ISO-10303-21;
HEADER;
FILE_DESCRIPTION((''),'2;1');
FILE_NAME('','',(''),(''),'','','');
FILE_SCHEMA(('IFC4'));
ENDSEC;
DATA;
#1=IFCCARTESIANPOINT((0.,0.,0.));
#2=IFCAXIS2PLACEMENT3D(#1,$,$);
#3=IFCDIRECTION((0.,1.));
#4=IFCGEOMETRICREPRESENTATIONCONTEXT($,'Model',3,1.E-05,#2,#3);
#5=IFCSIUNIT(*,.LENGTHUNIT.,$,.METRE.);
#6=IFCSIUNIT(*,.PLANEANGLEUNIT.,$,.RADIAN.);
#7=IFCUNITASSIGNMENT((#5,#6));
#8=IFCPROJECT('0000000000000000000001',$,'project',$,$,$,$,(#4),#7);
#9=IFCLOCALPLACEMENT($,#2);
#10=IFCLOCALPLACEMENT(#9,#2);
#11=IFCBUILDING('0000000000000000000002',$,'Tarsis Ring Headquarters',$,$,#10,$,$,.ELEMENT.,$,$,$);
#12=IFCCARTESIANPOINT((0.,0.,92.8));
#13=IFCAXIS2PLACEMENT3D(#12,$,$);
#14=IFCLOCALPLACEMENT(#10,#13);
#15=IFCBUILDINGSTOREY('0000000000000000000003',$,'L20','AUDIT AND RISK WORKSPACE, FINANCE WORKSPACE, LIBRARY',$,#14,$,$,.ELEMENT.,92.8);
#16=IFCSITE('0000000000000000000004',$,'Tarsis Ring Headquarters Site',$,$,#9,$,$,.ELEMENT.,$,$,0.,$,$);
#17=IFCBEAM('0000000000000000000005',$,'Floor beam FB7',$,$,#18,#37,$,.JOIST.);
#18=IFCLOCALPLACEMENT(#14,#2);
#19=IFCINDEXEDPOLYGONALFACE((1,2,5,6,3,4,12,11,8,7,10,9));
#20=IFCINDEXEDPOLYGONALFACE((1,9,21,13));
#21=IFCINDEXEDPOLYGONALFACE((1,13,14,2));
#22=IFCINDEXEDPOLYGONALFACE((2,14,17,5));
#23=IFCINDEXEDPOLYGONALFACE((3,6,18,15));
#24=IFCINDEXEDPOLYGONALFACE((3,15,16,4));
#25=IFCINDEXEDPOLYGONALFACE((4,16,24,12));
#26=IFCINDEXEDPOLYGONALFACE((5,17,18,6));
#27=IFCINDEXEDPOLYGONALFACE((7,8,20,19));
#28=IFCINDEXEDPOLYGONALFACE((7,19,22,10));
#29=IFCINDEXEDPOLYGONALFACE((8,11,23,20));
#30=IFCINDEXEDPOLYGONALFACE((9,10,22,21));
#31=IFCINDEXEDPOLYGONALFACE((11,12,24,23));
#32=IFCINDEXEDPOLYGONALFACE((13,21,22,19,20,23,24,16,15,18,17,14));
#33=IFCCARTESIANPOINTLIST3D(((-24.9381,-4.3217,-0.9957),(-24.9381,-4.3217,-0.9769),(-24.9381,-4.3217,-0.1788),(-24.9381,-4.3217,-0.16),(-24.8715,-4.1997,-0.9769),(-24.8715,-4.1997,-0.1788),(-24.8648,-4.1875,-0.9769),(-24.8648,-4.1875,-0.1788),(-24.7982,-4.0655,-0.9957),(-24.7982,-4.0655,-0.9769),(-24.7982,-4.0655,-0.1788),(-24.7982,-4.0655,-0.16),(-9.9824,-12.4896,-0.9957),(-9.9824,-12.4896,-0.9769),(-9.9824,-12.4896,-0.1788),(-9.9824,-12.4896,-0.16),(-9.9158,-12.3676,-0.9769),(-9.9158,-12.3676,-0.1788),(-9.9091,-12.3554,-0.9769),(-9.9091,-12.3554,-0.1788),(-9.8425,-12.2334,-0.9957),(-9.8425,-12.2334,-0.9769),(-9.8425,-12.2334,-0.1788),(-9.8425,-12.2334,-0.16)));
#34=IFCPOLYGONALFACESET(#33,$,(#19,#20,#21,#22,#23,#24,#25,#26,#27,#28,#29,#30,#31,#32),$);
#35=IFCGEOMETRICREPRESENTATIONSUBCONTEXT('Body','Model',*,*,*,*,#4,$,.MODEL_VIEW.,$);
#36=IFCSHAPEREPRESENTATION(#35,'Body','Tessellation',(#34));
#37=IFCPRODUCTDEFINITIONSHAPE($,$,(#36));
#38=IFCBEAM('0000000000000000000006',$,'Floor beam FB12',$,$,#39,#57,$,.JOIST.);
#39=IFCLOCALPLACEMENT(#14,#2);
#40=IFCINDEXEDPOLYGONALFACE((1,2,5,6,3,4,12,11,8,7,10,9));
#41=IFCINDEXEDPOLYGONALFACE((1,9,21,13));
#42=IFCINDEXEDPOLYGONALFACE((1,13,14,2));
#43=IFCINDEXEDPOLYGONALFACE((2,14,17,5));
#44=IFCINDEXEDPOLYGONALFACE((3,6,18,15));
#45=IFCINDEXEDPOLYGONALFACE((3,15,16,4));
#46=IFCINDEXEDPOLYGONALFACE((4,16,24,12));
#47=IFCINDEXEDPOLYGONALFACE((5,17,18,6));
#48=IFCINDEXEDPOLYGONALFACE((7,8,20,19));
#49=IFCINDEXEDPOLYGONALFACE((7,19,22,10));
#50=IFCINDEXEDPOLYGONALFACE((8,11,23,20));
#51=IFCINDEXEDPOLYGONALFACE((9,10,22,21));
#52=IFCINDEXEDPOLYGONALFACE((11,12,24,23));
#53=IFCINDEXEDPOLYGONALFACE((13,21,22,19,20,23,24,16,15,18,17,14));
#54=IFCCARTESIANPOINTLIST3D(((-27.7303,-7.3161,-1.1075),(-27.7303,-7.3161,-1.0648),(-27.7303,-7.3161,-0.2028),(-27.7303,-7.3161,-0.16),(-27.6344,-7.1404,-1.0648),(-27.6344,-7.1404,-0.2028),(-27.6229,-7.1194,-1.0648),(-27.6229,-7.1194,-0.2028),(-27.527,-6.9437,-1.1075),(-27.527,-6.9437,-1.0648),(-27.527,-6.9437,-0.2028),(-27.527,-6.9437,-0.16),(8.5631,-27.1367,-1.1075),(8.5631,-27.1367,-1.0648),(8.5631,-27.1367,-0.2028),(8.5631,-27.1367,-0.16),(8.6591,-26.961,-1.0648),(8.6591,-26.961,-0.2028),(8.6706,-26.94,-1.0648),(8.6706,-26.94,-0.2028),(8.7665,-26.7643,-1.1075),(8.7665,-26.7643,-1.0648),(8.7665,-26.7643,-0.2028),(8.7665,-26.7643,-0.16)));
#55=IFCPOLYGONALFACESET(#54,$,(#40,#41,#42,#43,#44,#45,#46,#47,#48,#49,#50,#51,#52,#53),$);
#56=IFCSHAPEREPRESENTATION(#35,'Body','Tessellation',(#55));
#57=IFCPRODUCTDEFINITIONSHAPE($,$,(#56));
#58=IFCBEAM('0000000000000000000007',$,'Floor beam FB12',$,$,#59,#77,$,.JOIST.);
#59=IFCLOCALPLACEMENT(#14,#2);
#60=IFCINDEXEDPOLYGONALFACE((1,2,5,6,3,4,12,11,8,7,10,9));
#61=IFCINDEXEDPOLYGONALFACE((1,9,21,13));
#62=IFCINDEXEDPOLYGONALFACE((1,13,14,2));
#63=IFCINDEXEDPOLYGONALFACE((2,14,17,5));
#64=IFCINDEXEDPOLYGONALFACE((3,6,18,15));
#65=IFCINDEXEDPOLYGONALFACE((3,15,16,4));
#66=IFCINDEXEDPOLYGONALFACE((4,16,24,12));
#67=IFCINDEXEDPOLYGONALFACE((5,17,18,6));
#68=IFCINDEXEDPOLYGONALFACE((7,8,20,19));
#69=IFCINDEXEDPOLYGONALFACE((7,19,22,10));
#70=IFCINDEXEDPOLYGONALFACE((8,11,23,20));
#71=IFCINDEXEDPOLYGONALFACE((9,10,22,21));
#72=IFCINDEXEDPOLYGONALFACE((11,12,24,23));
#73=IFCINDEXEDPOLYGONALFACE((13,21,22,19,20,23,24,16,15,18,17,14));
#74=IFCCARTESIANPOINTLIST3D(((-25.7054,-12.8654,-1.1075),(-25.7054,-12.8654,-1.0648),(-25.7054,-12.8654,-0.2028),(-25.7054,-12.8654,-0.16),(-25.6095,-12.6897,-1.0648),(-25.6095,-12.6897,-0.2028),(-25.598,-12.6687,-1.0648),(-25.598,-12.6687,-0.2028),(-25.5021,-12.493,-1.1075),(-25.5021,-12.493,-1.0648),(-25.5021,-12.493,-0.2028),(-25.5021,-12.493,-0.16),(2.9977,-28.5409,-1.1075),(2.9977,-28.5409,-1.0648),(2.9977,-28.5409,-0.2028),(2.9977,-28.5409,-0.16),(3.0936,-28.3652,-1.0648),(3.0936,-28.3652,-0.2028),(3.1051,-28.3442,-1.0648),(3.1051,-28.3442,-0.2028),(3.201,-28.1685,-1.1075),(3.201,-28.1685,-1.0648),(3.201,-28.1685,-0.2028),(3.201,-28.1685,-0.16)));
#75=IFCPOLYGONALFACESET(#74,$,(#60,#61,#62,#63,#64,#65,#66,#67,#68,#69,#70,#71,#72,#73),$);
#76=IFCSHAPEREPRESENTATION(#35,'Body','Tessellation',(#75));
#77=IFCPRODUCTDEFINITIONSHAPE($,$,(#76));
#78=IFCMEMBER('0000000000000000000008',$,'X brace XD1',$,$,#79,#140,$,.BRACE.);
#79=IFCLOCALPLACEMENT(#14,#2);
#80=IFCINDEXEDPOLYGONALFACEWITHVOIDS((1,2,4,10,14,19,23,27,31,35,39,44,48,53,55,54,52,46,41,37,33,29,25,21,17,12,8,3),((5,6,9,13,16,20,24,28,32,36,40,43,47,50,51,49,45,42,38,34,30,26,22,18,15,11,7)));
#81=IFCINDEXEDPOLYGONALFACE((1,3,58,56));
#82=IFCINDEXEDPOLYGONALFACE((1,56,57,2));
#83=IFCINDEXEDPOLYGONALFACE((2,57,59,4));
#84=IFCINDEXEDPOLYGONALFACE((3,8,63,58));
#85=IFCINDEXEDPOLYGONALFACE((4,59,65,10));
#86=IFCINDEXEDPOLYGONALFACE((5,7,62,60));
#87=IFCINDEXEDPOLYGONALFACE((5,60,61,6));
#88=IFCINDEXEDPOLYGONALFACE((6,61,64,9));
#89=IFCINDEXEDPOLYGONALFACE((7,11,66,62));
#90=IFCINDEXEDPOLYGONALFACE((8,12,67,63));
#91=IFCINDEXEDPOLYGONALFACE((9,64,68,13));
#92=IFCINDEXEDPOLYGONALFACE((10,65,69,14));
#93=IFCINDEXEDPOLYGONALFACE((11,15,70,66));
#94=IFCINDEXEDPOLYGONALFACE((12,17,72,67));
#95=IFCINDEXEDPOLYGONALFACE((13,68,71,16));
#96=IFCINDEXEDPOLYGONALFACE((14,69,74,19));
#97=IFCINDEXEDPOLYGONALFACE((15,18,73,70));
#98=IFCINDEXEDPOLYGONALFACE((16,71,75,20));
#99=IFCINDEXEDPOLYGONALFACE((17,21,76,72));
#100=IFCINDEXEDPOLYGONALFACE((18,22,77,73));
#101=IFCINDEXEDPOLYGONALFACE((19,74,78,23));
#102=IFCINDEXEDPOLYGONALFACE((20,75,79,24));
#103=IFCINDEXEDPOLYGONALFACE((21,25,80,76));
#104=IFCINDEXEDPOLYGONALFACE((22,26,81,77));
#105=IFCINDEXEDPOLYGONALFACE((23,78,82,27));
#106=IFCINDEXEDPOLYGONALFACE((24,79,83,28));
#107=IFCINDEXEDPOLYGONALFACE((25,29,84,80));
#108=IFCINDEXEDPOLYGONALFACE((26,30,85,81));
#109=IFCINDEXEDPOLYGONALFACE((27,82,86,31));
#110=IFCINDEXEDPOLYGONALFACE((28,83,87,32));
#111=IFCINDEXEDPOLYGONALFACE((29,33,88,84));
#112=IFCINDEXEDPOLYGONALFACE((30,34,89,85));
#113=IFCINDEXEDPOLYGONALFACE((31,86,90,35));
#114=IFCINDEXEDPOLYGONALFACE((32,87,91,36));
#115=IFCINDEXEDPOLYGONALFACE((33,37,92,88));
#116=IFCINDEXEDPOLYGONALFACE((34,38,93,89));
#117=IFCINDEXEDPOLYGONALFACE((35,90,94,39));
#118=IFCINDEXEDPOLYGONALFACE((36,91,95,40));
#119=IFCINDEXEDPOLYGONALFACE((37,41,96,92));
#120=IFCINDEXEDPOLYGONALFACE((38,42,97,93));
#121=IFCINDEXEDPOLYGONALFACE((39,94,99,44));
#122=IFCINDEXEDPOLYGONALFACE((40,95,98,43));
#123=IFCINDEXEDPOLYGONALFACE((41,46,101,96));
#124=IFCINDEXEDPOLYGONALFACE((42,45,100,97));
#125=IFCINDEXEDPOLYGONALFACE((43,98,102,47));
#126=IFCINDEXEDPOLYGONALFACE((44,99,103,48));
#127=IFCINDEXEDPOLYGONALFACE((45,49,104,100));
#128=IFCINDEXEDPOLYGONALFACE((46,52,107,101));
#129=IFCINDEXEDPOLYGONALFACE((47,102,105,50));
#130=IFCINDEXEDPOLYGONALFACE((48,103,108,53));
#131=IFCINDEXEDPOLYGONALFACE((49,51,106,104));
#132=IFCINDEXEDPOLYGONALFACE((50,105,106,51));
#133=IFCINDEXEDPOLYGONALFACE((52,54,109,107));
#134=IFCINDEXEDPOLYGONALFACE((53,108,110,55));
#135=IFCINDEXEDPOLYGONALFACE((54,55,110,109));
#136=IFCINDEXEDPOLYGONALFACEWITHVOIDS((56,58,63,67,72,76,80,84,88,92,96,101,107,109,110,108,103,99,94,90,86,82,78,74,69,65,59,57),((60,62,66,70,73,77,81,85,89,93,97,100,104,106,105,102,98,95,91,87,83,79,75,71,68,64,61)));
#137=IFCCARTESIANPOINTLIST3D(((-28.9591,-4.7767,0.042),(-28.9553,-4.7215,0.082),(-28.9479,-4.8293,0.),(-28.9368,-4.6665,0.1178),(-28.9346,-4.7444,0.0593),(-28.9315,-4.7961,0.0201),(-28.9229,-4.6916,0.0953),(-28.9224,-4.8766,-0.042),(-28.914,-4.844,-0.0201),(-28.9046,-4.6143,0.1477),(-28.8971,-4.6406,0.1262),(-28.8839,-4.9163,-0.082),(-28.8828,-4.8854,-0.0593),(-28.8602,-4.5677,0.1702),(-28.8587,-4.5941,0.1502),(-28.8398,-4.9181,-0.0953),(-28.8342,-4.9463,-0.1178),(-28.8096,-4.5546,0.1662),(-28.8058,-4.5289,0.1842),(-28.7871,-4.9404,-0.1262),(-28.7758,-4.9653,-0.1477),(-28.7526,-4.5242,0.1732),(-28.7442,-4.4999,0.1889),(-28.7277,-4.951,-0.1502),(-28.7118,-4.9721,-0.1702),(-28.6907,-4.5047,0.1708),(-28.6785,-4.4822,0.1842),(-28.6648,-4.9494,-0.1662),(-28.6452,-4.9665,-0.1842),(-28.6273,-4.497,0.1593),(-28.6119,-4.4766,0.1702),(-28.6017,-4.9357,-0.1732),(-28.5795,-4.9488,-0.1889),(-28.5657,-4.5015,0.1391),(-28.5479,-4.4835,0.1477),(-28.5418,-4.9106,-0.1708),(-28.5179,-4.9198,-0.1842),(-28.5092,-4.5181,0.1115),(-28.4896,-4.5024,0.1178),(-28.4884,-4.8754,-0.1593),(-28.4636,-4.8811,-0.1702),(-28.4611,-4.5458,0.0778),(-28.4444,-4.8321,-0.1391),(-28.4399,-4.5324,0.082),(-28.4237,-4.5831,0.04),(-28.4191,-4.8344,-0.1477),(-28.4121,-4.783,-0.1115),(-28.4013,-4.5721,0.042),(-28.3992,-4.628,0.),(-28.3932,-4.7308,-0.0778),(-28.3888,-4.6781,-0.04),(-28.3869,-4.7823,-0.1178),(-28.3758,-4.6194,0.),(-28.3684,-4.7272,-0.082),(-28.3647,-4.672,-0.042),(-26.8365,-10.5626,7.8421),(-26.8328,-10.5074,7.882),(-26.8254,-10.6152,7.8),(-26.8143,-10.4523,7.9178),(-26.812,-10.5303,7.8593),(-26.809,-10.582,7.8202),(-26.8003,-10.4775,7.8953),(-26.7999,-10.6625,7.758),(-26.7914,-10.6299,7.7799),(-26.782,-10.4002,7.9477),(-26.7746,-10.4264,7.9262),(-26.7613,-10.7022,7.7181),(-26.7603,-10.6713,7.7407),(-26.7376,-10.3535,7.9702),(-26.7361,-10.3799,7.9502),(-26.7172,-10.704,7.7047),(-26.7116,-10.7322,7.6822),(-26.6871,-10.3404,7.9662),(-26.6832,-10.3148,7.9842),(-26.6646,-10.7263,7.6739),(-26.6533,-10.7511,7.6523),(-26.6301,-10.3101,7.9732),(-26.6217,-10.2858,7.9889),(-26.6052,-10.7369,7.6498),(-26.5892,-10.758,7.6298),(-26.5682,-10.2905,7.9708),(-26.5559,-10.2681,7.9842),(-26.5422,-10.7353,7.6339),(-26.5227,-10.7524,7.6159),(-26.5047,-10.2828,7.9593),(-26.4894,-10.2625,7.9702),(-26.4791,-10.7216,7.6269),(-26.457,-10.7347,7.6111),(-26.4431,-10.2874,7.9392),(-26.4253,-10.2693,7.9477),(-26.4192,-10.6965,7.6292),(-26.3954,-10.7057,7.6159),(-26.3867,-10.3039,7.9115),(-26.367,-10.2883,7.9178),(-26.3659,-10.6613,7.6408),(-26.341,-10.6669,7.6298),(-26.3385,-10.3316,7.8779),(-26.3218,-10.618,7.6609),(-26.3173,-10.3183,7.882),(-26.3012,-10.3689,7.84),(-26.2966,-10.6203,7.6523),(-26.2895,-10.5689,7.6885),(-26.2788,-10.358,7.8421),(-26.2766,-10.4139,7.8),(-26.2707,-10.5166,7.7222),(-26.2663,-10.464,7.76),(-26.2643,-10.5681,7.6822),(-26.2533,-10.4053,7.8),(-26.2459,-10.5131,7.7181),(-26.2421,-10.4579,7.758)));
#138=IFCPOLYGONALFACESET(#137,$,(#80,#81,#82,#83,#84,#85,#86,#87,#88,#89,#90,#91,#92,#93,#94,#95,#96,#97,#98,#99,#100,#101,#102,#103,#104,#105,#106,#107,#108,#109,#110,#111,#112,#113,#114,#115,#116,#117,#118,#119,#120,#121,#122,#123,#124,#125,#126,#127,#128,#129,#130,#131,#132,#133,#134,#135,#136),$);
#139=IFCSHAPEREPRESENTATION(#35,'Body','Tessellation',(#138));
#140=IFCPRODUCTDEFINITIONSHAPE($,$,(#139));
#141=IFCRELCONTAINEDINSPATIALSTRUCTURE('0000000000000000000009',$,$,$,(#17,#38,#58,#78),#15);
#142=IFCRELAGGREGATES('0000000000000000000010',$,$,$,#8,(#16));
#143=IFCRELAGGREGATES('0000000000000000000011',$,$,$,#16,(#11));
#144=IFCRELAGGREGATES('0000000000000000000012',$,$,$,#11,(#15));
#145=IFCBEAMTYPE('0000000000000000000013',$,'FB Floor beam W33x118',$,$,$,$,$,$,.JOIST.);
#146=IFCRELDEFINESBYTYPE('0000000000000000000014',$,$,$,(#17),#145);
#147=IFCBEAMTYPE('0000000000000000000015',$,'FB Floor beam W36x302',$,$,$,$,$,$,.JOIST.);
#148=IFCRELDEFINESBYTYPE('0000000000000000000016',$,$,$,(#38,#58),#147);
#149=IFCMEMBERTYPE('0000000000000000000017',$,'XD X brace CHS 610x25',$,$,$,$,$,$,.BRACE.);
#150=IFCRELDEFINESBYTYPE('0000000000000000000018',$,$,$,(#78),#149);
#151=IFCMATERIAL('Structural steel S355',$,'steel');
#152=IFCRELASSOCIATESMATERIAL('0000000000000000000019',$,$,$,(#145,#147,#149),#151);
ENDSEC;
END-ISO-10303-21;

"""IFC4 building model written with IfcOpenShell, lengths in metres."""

from ifc_helpers import new_model, si_unit, direction, frame, origin, origin_2d, place, context, subcontext, project, spatial, hollow_circle, i_section, extrude, material, material_profile, profile_set, type_object, element, save


model = new_model("IFC4")

# Units and contexts
model_context = context("Model", 3, precision=1e-05, world=origin(), true_north=direction((0.0, 1.0)))
body_context = subcontext(model_context, "Body", "Model", "MODEL_VIEW")
ifc_project = project(units=[si_unit("LENGTHUNIT", "METRE"), si_unit("PLANEANGLEUNIT", "RADIAN")], contexts=[model_context])

# Site, building, storey
site_placement = place(None, origin())
site = spatial("IfcSite", under=ifc_project, at=site_placement, Name="Tarsis Ring Headquarters Site", CompositionType="ELEMENT", RefElevation=0.0)
building_placement = place(site_placement, origin())
building = spatial("IfcBuilding", under=site, at=building_placement, Name="Tarsis Ring Headquarters", CompositionType="ELEMENT")
storey_placement = place(building_placement, frame((0.0, 0.0, 92.8)))
storey = spatial("IfcBuildingStorey", under=building, at=storey_placement, Name="L20", Description="AUDIT AND RISK WORKSPACE, FINANCE WORKSPACE, LIBRARY", CompositionType="ELEMENT", Elevation=92.8)

# Shared definitions
ifc_material_1 = material(Name="Structural steel S355", Category="steel")

# Beams
ifc_material_profile_1 = material_profile(ifc_material_1, i_section(OverallWidth=0.292, OverallDepth=0.8357, WebThickness=0.0139, FlangeThickness=0.0188, at=origin_2d()), Name="W33x118")
ifc_profile_set_1 = profile_set([ifc_material_profile_1], Name="Structural steel S355")
beam_type_1 = type_object("IfcBeamType", Name="FB Floor beam W33x118", PredefinedType="JOIST", material=ifc_profile_set_1)
beam_1_placement = place(storey_placement, frame((-24.8682, -4.1936, -0.5779), z_axis=(0.877642, -0.479316, 0.0), x_axis=(0.479316, 0.877642, 0.0)))
element("IfcBeam", 1, at=beam_1_placement, inside=storey, type_object=beam_type_1, Name="Floor beam FB7", PredefinedType="JOIST", context=body_context, shape_type="SweptSolid", body=[
    extrude(i_section(OverallWidth=0.292, OverallDepth=0.8357, WebThickness=0.0139, FlangeThickness=0.0188, at=origin_2d()), origin(), (0.0, 0.0, 1.0), 17.0408),
])
ifc_material_profile_2 = material_profile(ifc_material_1, i_section(OverallWidth=0.4243, OverallDepth=0.9475, WebThickness=0.0239, FlangeThickness=0.0427, at=origin_2d()), Name="W36x302")
ifc_profile_set_2 = profile_set([ifc_material_profile_2], Name="Structural steel S355")
beam_type_2 = type_object("IfcBeamType", Name="FB Floor beam W36x302", PredefinedType="JOIST", material=ifc_profile_set_2)
beam_2_placement = place(storey_placement, frame((-27.6287, -7.1299, -0.6338), z_axis=(0.87765, -0.479302, 0.0), x_axis=(0.479302, 0.87765, 0.0)))
element("IfcBeam", 2, at=beam_2_placement, inside=storey, type_object=beam_type_2, Name="Floor beam FB12", PredefinedType="JOIST", context=body_context, shape_type="SweptSolid", body=[
    extrude(i_section(OverallWidth=0.4243, OverallDepth=0.9475, WebThickness=0.0239, FlangeThickness=0.0427, at=origin_2d()), origin(), (0.0, 0.0, 1.0), 41.353),
])
beam_3_placement = place(storey_placement, frame((-25.6038, -12.6792, -0.6338), z_axis=(0.877648, -0.479307, 0.0), x_axis=(0.479307, 0.877648, 0.0)))
element("IfcBeam", 3, at=beam_3_placement, inside=storey, type_object=beam_type_2, Name="Floor beam FB12", PredefinedType="JOIST", context=body_context, shape_type="SweptSolid", body=[
    extrude(i_section(OverallWidth=0.4243, OverallDepth=0.9475, WebThickness=0.0239, FlangeThickness=0.0427, at=origin_2d()), origin(), (0.0, 0.0, 1.0), 32.7046),
])

# Member
ifc_material_profile_3 = material_profile(ifc_material_1, hollow_circle(Radius=0.3047, WallThickness=0.0249, at=origin_2d()), Name="CHS 610x25")
ifc_profile_set_3 = profile_set([ifc_material_profile_3], Name="Structural steel S355")
member_type = type_object("IfcMemberType", Name="XD X brace CHS 610x25", PredefinedType="BRACE", material=ifc_profile_set_3)
member_placement = place(storey_placement, frame((-28.6619, -4.7244, 0.0), z_axis=(0.213517, -0.582026, 0.784638), x_axis=(0.93882, 0.344407, 0.0)))
element("IfcMember", 4, at=member_placement, inside=storey, type_object=member_type, Name="X brace XD1", PredefinedType="BRACE", context=body_context, shape_type="SweptSolid", body=[
    extrude(hollow_circle(Radius=0.3047, WallThickness=0.0249, at=origin_2d()), origin(), (0.0, 0.0, 1.0), 9.9409),
])

save(model, "model.ifc")
